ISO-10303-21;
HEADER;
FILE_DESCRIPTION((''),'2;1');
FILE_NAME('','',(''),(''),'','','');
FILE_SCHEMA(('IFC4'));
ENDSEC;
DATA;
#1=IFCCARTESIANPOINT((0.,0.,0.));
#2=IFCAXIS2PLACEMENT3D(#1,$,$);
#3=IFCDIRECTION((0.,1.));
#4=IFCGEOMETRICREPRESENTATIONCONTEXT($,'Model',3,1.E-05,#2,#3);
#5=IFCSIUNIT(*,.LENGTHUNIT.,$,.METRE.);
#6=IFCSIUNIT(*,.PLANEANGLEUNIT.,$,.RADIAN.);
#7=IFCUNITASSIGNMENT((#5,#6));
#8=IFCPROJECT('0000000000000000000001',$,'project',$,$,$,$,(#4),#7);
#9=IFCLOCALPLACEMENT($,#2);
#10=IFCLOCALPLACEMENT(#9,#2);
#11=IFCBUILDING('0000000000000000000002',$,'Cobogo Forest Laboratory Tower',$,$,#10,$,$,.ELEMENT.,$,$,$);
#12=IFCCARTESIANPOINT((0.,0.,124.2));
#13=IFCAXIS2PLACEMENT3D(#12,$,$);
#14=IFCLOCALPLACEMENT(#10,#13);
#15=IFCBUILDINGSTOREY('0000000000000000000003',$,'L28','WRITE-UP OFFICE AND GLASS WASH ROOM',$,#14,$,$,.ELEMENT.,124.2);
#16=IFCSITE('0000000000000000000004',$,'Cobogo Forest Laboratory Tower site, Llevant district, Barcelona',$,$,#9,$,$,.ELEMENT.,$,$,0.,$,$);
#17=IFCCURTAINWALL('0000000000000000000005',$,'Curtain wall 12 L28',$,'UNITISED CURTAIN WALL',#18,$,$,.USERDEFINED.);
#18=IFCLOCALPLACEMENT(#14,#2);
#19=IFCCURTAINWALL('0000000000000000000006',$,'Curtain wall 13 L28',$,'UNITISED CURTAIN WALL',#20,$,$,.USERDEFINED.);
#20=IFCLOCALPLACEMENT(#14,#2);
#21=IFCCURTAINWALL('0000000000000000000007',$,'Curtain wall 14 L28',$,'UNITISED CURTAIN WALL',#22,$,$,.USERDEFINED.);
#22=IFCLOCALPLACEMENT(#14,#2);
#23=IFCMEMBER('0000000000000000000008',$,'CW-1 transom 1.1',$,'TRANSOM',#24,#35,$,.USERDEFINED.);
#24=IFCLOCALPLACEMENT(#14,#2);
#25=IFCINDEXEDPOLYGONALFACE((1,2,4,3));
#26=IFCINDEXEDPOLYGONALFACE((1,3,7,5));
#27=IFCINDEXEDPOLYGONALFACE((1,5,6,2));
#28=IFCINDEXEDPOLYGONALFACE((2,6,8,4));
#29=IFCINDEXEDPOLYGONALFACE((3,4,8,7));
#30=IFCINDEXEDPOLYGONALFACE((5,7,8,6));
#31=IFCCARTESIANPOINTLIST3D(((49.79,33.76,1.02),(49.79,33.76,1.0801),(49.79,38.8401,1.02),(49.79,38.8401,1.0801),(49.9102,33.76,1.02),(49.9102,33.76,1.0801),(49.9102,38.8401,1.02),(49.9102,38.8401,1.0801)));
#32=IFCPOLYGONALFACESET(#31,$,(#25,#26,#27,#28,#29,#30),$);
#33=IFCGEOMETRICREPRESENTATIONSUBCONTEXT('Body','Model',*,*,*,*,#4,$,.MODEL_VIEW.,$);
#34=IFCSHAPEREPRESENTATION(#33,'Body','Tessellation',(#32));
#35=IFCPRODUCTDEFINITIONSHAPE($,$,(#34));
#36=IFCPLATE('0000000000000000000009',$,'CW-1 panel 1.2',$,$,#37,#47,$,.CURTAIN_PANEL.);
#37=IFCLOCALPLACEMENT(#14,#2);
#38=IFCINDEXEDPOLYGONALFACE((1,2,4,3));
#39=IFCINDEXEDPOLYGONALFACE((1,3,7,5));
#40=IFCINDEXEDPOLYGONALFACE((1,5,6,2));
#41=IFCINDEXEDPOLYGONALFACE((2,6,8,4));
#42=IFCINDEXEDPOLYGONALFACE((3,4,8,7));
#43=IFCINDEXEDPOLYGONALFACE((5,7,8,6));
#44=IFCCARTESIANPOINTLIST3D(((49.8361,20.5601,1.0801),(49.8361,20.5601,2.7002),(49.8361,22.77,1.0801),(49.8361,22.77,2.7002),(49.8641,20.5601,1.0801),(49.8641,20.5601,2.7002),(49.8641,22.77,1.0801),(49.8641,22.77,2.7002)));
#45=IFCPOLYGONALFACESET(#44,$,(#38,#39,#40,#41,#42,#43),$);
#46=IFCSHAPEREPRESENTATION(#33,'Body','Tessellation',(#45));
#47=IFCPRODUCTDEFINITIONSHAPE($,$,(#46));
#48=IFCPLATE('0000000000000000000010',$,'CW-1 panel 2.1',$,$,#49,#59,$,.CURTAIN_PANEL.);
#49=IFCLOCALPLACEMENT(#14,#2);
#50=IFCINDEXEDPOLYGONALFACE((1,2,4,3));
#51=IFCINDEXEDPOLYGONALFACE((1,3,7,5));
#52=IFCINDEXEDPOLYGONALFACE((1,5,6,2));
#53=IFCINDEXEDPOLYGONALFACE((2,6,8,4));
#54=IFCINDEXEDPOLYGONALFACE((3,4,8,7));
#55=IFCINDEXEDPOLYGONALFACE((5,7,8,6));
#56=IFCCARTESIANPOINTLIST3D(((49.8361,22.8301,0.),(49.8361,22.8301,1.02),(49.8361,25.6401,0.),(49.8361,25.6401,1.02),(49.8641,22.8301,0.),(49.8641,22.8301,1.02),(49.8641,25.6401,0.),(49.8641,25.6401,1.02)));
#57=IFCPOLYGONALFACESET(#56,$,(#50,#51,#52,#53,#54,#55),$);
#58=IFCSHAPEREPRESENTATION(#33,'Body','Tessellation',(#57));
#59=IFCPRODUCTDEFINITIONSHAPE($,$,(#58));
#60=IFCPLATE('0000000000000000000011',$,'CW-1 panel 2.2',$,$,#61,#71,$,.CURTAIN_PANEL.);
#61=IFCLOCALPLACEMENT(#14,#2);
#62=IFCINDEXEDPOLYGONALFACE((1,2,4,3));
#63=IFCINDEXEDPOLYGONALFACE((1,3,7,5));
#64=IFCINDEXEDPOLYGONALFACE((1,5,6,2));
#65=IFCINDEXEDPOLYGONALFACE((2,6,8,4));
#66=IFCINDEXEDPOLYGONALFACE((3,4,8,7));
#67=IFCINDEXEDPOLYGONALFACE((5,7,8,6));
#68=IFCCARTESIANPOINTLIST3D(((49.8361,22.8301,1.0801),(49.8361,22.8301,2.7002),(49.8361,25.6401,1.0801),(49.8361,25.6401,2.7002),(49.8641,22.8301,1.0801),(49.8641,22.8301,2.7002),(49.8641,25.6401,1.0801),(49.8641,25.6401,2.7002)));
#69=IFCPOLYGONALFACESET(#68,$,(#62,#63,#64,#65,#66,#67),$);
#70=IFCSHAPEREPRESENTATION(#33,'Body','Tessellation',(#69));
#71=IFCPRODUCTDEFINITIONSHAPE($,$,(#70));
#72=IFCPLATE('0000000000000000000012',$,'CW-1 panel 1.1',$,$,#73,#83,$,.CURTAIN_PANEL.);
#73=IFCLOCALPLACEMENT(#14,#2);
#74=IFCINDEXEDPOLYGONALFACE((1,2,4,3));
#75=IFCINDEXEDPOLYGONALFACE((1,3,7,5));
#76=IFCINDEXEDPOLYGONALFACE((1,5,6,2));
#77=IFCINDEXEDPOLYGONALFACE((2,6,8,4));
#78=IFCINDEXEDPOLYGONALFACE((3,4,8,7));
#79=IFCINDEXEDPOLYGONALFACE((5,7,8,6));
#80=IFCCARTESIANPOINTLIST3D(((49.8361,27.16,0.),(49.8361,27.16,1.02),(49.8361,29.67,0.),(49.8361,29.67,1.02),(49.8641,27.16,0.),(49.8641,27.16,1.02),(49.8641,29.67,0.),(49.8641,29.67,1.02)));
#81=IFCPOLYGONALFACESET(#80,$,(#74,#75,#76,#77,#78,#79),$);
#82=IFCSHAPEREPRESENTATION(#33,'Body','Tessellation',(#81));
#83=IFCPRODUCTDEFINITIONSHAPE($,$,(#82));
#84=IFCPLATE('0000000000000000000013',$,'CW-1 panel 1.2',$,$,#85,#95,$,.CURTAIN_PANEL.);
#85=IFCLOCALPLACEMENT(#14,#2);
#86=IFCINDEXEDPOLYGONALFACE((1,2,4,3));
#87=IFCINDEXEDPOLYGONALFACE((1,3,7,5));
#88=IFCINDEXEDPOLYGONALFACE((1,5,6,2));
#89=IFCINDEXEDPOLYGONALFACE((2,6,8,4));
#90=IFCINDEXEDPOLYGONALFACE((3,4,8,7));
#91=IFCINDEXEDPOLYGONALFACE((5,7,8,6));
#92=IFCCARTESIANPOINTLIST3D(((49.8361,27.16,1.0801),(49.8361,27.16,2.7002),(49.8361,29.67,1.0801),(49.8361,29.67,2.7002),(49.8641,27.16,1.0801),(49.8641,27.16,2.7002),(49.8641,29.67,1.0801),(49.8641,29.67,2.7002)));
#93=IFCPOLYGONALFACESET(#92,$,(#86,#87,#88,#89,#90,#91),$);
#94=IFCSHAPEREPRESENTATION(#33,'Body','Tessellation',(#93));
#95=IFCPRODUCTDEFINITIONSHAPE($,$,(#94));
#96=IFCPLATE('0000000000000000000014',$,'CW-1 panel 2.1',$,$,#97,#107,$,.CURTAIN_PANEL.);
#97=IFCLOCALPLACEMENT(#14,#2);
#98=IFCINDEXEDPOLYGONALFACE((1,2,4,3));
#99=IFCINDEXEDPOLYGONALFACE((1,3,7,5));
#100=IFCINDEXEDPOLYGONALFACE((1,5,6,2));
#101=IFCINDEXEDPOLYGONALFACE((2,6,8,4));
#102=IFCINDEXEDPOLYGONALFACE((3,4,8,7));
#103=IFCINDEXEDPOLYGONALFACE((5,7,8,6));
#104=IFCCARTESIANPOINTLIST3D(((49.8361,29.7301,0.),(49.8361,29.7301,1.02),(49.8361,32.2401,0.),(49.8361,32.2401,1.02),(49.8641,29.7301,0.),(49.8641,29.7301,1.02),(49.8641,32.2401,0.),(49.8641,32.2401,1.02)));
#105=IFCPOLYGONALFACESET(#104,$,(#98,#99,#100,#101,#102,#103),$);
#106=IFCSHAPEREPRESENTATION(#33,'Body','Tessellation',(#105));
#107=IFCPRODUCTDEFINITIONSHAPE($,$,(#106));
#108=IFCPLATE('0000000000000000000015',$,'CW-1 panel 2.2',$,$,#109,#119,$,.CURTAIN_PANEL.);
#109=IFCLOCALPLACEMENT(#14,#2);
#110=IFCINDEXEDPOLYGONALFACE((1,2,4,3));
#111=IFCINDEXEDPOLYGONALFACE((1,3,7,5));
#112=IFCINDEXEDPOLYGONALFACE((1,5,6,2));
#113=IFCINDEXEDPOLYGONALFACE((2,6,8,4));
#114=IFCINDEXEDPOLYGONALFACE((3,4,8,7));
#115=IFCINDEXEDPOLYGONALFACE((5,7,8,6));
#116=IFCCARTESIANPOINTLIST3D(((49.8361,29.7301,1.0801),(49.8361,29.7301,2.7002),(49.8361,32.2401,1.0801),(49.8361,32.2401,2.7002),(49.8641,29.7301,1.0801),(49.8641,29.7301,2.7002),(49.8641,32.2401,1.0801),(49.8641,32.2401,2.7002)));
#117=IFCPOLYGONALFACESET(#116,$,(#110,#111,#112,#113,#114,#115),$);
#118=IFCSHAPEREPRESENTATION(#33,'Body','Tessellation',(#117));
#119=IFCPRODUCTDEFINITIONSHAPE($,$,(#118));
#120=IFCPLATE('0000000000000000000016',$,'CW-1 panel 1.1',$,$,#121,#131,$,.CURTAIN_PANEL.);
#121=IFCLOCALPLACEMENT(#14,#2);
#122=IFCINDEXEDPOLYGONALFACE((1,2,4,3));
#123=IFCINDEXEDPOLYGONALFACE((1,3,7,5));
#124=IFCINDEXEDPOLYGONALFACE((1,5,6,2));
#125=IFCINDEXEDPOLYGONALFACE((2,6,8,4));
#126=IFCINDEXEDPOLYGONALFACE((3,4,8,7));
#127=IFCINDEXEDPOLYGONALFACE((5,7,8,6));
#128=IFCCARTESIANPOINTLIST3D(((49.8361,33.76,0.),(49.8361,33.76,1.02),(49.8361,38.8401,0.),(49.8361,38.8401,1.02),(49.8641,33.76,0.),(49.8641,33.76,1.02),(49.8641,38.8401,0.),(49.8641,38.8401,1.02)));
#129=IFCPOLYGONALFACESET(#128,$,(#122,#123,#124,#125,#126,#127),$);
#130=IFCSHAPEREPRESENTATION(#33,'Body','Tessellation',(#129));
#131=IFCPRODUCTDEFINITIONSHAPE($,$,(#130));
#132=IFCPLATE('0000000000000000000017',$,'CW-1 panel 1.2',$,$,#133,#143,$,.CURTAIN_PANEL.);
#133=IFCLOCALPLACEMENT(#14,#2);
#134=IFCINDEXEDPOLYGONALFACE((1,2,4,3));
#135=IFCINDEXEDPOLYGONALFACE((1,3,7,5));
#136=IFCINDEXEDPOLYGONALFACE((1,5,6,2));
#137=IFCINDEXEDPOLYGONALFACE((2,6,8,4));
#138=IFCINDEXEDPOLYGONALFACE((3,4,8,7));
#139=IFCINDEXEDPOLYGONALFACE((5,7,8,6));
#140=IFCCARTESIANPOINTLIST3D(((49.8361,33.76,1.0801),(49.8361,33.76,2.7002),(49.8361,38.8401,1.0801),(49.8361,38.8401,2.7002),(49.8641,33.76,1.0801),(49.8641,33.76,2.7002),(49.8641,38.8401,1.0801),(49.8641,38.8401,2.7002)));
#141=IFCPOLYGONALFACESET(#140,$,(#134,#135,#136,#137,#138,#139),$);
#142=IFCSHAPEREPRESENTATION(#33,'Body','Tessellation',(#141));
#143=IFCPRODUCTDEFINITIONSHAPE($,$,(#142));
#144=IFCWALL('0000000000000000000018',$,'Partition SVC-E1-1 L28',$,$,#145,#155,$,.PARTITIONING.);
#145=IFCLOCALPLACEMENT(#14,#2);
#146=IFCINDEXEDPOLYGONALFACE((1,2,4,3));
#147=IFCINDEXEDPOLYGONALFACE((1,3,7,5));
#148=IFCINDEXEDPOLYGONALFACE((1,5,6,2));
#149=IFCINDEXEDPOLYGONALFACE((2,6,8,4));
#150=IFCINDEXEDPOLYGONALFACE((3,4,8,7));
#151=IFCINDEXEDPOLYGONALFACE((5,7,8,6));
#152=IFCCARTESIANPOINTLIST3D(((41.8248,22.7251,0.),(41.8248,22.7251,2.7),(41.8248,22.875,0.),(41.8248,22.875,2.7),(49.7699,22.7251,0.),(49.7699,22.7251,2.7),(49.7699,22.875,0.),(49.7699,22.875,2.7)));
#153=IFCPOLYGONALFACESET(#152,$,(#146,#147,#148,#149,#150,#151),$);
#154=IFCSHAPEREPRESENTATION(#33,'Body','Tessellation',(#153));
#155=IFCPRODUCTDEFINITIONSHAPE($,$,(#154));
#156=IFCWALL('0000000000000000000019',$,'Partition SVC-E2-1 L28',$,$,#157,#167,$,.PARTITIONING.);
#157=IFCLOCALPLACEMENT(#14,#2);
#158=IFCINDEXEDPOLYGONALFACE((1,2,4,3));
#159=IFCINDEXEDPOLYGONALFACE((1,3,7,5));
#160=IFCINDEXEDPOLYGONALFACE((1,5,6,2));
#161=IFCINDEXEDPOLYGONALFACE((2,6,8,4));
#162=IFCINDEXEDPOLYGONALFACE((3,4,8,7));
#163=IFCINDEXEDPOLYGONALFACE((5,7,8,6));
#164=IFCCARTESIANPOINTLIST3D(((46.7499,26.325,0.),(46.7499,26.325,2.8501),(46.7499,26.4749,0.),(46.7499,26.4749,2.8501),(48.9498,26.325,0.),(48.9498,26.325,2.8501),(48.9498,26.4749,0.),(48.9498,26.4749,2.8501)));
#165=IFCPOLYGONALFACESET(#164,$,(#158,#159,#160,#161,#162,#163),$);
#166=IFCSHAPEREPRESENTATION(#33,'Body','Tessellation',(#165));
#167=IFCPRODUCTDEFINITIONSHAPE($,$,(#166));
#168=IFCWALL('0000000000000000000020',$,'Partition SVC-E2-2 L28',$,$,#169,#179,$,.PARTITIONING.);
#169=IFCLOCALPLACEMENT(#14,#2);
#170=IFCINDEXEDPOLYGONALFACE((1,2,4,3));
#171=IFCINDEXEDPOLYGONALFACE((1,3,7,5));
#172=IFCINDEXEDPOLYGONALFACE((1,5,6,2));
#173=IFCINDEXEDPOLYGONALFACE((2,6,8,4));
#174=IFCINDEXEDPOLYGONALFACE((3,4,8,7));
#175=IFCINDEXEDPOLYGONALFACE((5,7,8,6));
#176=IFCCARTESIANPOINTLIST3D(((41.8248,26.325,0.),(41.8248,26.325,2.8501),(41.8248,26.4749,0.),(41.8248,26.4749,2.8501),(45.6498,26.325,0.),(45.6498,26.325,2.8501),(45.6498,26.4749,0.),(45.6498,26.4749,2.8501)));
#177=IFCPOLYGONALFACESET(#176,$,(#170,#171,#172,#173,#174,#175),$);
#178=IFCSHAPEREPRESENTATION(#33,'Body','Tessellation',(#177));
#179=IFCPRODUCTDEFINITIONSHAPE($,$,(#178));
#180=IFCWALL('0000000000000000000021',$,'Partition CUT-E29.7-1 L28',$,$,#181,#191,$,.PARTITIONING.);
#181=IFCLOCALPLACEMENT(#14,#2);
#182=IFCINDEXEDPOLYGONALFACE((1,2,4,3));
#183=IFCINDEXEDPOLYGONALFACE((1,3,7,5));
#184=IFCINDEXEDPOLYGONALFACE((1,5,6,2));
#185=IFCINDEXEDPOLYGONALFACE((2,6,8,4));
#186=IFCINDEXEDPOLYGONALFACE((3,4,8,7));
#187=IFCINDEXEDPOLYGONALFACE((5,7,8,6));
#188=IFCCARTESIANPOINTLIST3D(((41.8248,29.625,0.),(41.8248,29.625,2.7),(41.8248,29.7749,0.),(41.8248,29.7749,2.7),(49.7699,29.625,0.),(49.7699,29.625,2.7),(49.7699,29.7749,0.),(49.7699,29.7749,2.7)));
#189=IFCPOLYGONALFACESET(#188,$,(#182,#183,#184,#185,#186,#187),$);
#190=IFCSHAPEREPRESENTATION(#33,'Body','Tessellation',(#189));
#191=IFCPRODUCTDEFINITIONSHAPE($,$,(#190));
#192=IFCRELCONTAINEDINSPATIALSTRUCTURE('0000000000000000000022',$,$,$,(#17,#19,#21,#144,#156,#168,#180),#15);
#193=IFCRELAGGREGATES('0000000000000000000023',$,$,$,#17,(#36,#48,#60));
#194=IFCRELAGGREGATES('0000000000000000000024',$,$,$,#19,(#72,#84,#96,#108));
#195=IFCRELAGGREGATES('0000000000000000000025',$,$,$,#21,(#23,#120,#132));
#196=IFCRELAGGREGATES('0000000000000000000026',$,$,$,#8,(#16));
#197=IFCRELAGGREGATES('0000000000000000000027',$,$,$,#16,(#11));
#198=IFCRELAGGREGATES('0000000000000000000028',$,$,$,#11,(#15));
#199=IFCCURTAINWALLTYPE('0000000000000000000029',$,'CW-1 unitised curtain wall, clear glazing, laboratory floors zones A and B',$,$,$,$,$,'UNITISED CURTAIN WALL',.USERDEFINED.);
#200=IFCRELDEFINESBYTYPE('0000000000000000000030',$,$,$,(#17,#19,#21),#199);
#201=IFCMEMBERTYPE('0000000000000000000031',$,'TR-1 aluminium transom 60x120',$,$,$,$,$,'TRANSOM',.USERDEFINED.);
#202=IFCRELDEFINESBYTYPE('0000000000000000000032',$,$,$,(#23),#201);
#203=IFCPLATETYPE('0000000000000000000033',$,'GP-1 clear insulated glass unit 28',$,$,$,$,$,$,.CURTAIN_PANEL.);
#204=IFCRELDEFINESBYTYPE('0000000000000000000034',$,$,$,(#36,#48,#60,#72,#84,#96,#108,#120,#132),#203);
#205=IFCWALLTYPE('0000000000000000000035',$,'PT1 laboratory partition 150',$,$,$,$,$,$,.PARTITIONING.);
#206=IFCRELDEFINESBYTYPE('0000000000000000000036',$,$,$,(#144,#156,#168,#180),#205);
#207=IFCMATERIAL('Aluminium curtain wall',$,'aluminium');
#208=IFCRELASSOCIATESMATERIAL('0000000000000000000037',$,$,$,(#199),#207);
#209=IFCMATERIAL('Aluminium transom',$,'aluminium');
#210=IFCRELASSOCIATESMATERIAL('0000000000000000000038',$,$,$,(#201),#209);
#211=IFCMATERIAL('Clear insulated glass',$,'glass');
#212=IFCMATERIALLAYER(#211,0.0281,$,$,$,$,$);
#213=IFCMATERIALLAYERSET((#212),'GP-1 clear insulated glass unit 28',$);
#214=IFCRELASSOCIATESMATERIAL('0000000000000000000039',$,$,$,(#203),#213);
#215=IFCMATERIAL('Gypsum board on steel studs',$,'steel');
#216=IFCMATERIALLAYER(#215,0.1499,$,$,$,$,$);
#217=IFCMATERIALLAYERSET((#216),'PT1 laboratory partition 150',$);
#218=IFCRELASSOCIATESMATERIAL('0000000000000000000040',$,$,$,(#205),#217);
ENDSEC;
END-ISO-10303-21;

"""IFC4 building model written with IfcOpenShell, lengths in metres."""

from ifc_helpers import new_model, si_unit, direction, frame, frame_2d, origin, origin_2d, place, context, subcontext, project, spatial, rectangle, extrude, material, layer, layer_set, material_profile, profile_set, type_object, element, aggregate, save


model = new_model("IFC4")

# Units and contexts
model_context = context("Model", 3, precision=1e-05, world=origin(), true_north=direction((0.0, 1.0)))
body_context = subcontext(model_context, "Body", "Model", "MODEL_VIEW")
ifc_project = project(units=[si_unit("LENGTHUNIT", "METRE"), si_unit("PLANEANGLEUNIT", "RADIAN")], contexts=[model_context])

# Site, building, storey
site_placement = place(None, origin())
site = spatial("IfcSite", under=ifc_project, at=site_placement, Name="Cobogo Forest Laboratory Tower site, Llevant district, Barcelona", CompositionType="ELEMENT", RefElevation=0.0)
building_placement = place(site_placement, origin())
building = spatial("IfcBuilding", under=site, at=building_placement, Name="Cobogo Forest Laboratory Tower", CompositionType="ELEMENT")
storey_placement = place(building_placement, frame((0.0, 0.0, 124.2)))
storey = spatial("IfcBuildingStorey", under=building, at=storey_placement, Name="L28", Description="WRITE-UP OFFICE AND GLASS WASH ROOM", CompositionType="ELEMENT", Elevation=124.2)

# Curtain walls
ifc_material_1 = material(Name="Aluminium curtain wall", Category="aluminium")
curtain_wall_type = type_object("IfcCurtainWallType", Name="CW-1 unitised curtain wall, clear glazing, laboratory floors zones A and B", ElementType="UNITISED CURTAIN WALL", PredefinedType="USERDEFINED", material=ifc_material_1)
curtain_wall_1_placement = place(storey_placement, origin())
curtain_wall_1 = element("IfcCurtainWall", 1, at=curtain_wall_1_placement, inside=storey, type_object=curtain_wall_type, Name="Curtain wall 12 L28", ObjectType="UNITISED CURTAIN WALL", PredefinedType="USERDEFINED")
curtain_wall_2_placement = place(storey_placement, origin())
curtain_wall_2 = element("IfcCurtainWall", 2, at=curtain_wall_2_placement, inside=storey, type_object=curtain_wall_type, Name="Curtain wall 13 L28", ObjectType="UNITISED CURTAIN WALL", PredefinedType="USERDEFINED")

# Curtain wall
curtain_wall_3_placement = place(storey_placement, origin())
curtain_wall_3 = element("IfcCurtainWall", 3, at=curtain_wall_3_placement, inside=storey, type_object=curtain_wall_type, Name="Curtain wall 14 L28", ObjectType="UNITISED CURTAIN WALL", PredefinedType="USERDEFINED")

# Member
ifc_material_2 = material(Name="Aluminium transom", Category="aluminium")
ifc_material_profile_1 = material_profile(ifc_material_2, rectangle(XDim=0.1201, YDim=0.0601, at=origin_2d()), Name="AL 60x120")
ifc_profile_set_1 = profile_set([ifc_material_profile_1], Name="Aluminium transom")
member_type_1 = type_object("IfcMemberType", Name="TR-1 aluminium transom 60x120", ElementType="TRANSOM", PredefinedType="USERDEFINED", material=ifc_profile_set_1)
member_1_placement = place(storey_placement, frame((49.8501, 33.76, 1.05), z_axis=(0.0, 1.0, 0.0), x_axis=(-1.0, 0.0, 0.0)))
member_1 = element("IfcMember", 4, at=member_1_placement, type_object=member_type_1, Name="CW-1 transom 1.1", ObjectType="TRANSOM", PredefinedType="USERDEFINED", context=body_context, shape_type="SweptSolid", body=[
    extrude(rectangle(XDim=0.1201, YDim=0.0601, at=origin_2d()), origin(), (0.0, 0.0, 1.0), 5.0801),
])

# Plates
ifc_material_3 = material(Name="Clear insulated glass", Category="glass")
ifc_layer_1 = layer(ifc_material_3, 0.0281)
ifc_layer_set_1 = layer_set([ifc_layer_1], Name="GP-1 clear insulated glass unit 28")
plate_type_1 = type_object("IfcPlateType", Name="GP-1 clear insulated glass unit 28", PredefinedType="CURTAIN_PANEL", material=ifc_layer_set_1)
plate_1_placement = place(storey_placement, frame((49.8501, 21.665, 1.0801), z_axis=(0.0, 0.0, 1.0), x_axis=(0.0, 1.0, 0.0)))
plate_1 = element("IfcPlate", 5, at=plate_1_placement, type_object=plate_type_1, Name="CW-1 panel 1.2", PredefinedType="CURTAIN_PANEL", context=body_context, shape_type="SweptSolid", body=[
    extrude(rectangle(XDim=2.21, YDim=0.0281, at=origin_2d()), origin(), (0.0, 0.0, 1.0), 1.6201),
])
plate_2_placement = place(storey_placement, frame((49.8501, 24.2351, 0.0), z_axis=(0.0, 0.0, 1.0), x_axis=(0.0, 1.0, 0.0)))
plate_2 = element("IfcPlate", 6, at=plate_2_placement, type_object=plate_type_1, Name="CW-1 panel 2.1", PredefinedType="CURTAIN_PANEL", context=body_context, shape_type="SweptSolid", body=[
    extrude(rectangle(XDim=2.8101, YDim=0.0281, at=origin_2d()), origin(), (0.0, 0.0, 1.0), 1.02),
])
plate_3_placement = place(storey_placement, frame((49.8501, 24.2351, 1.0801), z_axis=(0.0, 0.0, 1.0), x_axis=(0.0, 1.0, 0.0)))
plate_3 = element("IfcPlate", 7, at=plate_3_placement, type_object=plate_type_1, Name="CW-1 panel 2.2", PredefinedType="CURTAIN_PANEL", context=body_context, shape_type="SweptSolid", body=[
    extrude(rectangle(XDim=2.8101, YDim=0.0281, at=origin_2d()), origin(), (0.0, 0.0, 1.0), 1.6201),
])
aggregate(curtain_wall_1, [plate_1, plate_2, plate_3])
plate_4_placement = place(storey_placement, frame((49.8501, 28.415, 0.0), z_axis=(0.0, 0.0, 1.0), x_axis=(0.0, 1.0, 0.0)))
plate_4 = element("IfcPlate", 8, at=plate_4_placement, type_object=plate_type_1, Name="CW-1 panel 1.1", PredefinedType="CURTAIN_PANEL", context=body_context, shape_type="SweptSolid", body=[
    extrude(rectangle(XDim=2.51, YDim=0.0281, at=origin_2d()), origin(), (0.0, 0.0, 1.0), 1.02),
])
plate_5_placement = place(storey_placement, frame((49.8501, 28.415, 1.0801), z_axis=(0.0, 0.0, 1.0), x_axis=(0.0, 1.0, 0.0)))
plate_5 = element("IfcPlate", 9, at=plate_5_placement, type_object=plate_type_1, Name="CW-1 panel 1.2", PredefinedType="CURTAIN_PANEL", context=body_context, shape_type="SweptSolid", body=[
    extrude(rectangle(XDim=2.51, YDim=0.0281, at=origin_2d()), origin(), (0.0, 0.0, 1.0), 1.6201),
])
plate_6_placement = place(storey_placement, frame((49.8501, 30.9851, 0.0), z_axis=(0.0, 0.0, 1.0), x_axis=(0.0, 1.0, 0.0)))
plate_6 = element("IfcPlate", 10, at=plate_6_placement, type_object=plate_type_1, Name="CW-1 panel 2.1", PredefinedType="CURTAIN_PANEL", context=body_context, shape_type="SweptSolid", body=[
    extrude(rectangle(XDim=2.51, YDim=0.0281, at=origin_2d()), origin(), (0.0, 0.0, 1.0), 1.02),
])
plate_7_placement = place(storey_placement, frame((49.8501, 30.9851, 1.0801), z_axis=(0.0, 0.0, 1.0), x_axis=(0.0, 1.0, 0.0)))
plate_7 = element("IfcPlate", 11, at=plate_7_placement, type_object=plate_type_1, Name="CW-1 panel 2.2", PredefinedType="CURTAIN_PANEL", context=body_context, shape_type="SweptSolid", body=[
    extrude(rectangle(XDim=2.51, YDim=0.0281, at=origin_2d()), origin(), (0.0, 0.0, 1.0), 1.6201),
])
aggregate(curtain_wall_2, [plate_4, plate_5, plate_6, plate_7])
plate_8_placement = place(storey_placement, frame((49.8501, 36.3, 0.0), z_axis=(0.0, 0.0, 1.0), x_axis=(0.0, 1.0, 0.0)))
plate_8 = element("IfcPlate", 12, at=plate_8_placement, type_object=plate_type_1, Name="CW-1 panel 1.1", PredefinedType="CURTAIN_PANEL", context=body_context, shape_type="SweptSolid", body=[
    extrude(rectangle(XDim=5.0801, YDim=0.0281, at=origin_2d()), origin(), (0.0, 0.0, 1.0), 1.02),
])
plate_9_placement = place(storey_placement, frame((49.8501, 36.3, 1.0801), z_axis=(0.0, 0.0, 1.0), x_axis=(0.0, 1.0, 0.0)))
plate_9 = element("IfcPlate", 13, at=plate_9_placement, type_object=plate_type_1, Name="CW-1 panel 1.2", PredefinedType="CURTAIN_PANEL", context=body_context, shape_type="SweptSolid", body=[
    extrude(rectangle(XDim=5.0801, YDim=0.0281, at=origin_2d()), origin(), (0.0, 0.0, 1.0), 1.6201),
])
aggregate(curtain_wall_3, [member_1, plate_8, plate_9])

# Walls
ifc_material_4 = material(Name="Gypsum board on steel studs", Category="steel")
ifc_layer_2 = layer(ifc_material_4, 0.1499)
ifc_layer_set_2 = layer_set([ifc_layer_2], Name="PT1 laboratory partition 150")
wall_type = type_object("IfcWallType", Name="PT1 laboratory partition 150", PredefinedType="PARTITIONING", material=ifc_layer_set_2)
wall_1_placement = place(storey_placement, frame((49.77, 22.8, 0.0), z_axis=(0.0, 0.0, 1.0), x_axis=(-1.0, 0.0, 0.0)))
element("IfcWall", 14, at=wall_1_placement, inside=storey, type_object=wall_type, Name="Partition SVC-E1-1 L28", PredefinedType="PARTITIONING", context=body_context, shape_type="SweptSolid", body=[
    extrude(rectangle(XDim=7.9451, YDim=0.1499, at=frame_2d((3.9727, 0.0))), origin(), (0.0, 0.0, 1.0), 2.7),
])
wall_2_placement = place(storey_placement, frame((48.95, 26.3999, 0.0), z_axis=(0.0, 0.0, 1.0), x_axis=(-1.0, 0.0, 0.0)))
element("IfcWall", 15, at=wall_2_placement, inside=storey, type_object=wall_type, Name="Partition SVC-E2-1 L28", PredefinedType="PARTITIONING", context=body_context, shape_type="SweptSolid", body=[
    extrude(rectangle(XDim=2.2, YDim=0.1499, at=frame_2d((1.1001, 0.0))), origin(), (0.0, 0.0, 1.0), 2.8501),
])
wall_3_placement = place(storey_placement, frame((45.6499, 26.3999, 0.0), z_axis=(0.0, 0.0, 1.0), x_axis=(-1.0, 0.0, 0.0)))
element("IfcWall", 16, at=wall_3_placement, inside=storey, type_object=wall_type, Name="Partition SVC-E2-2 L28", PredefinedType="PARTITIONING", context=body_context, shape_type="SweptSolid", body=[
    extrude(rectangle(XDim=3.825, YDim=0.1499, at=frame_2d((1.9126, 0.0))), origin(), (0.0, 0.0, 1.0), 2.8501),
])
wall_4_placement = place(storey_placement, frame((49.77, 29.7, 0.0), z_axis=(0.0, 0.0, 1.0), x_axis=(-1.0, 0.0, 0.0)))
element("IfcWall", 17, at=wall_4_placement, inside=storey, type_object=wall_type, Name="Partition CUT-E29.7-1 L28", PredefinedType="PARTITIONING", context=body_context, shape_type="SweptSolid", body=[
    extrude(rectangle(XDim=7.9451, YDim=0.1499, at=frame_2d((3.9727, 0.0))), origin(), (0.0, 0.0, 1.0), 2.7),
])

save(model, "model.ifc")
